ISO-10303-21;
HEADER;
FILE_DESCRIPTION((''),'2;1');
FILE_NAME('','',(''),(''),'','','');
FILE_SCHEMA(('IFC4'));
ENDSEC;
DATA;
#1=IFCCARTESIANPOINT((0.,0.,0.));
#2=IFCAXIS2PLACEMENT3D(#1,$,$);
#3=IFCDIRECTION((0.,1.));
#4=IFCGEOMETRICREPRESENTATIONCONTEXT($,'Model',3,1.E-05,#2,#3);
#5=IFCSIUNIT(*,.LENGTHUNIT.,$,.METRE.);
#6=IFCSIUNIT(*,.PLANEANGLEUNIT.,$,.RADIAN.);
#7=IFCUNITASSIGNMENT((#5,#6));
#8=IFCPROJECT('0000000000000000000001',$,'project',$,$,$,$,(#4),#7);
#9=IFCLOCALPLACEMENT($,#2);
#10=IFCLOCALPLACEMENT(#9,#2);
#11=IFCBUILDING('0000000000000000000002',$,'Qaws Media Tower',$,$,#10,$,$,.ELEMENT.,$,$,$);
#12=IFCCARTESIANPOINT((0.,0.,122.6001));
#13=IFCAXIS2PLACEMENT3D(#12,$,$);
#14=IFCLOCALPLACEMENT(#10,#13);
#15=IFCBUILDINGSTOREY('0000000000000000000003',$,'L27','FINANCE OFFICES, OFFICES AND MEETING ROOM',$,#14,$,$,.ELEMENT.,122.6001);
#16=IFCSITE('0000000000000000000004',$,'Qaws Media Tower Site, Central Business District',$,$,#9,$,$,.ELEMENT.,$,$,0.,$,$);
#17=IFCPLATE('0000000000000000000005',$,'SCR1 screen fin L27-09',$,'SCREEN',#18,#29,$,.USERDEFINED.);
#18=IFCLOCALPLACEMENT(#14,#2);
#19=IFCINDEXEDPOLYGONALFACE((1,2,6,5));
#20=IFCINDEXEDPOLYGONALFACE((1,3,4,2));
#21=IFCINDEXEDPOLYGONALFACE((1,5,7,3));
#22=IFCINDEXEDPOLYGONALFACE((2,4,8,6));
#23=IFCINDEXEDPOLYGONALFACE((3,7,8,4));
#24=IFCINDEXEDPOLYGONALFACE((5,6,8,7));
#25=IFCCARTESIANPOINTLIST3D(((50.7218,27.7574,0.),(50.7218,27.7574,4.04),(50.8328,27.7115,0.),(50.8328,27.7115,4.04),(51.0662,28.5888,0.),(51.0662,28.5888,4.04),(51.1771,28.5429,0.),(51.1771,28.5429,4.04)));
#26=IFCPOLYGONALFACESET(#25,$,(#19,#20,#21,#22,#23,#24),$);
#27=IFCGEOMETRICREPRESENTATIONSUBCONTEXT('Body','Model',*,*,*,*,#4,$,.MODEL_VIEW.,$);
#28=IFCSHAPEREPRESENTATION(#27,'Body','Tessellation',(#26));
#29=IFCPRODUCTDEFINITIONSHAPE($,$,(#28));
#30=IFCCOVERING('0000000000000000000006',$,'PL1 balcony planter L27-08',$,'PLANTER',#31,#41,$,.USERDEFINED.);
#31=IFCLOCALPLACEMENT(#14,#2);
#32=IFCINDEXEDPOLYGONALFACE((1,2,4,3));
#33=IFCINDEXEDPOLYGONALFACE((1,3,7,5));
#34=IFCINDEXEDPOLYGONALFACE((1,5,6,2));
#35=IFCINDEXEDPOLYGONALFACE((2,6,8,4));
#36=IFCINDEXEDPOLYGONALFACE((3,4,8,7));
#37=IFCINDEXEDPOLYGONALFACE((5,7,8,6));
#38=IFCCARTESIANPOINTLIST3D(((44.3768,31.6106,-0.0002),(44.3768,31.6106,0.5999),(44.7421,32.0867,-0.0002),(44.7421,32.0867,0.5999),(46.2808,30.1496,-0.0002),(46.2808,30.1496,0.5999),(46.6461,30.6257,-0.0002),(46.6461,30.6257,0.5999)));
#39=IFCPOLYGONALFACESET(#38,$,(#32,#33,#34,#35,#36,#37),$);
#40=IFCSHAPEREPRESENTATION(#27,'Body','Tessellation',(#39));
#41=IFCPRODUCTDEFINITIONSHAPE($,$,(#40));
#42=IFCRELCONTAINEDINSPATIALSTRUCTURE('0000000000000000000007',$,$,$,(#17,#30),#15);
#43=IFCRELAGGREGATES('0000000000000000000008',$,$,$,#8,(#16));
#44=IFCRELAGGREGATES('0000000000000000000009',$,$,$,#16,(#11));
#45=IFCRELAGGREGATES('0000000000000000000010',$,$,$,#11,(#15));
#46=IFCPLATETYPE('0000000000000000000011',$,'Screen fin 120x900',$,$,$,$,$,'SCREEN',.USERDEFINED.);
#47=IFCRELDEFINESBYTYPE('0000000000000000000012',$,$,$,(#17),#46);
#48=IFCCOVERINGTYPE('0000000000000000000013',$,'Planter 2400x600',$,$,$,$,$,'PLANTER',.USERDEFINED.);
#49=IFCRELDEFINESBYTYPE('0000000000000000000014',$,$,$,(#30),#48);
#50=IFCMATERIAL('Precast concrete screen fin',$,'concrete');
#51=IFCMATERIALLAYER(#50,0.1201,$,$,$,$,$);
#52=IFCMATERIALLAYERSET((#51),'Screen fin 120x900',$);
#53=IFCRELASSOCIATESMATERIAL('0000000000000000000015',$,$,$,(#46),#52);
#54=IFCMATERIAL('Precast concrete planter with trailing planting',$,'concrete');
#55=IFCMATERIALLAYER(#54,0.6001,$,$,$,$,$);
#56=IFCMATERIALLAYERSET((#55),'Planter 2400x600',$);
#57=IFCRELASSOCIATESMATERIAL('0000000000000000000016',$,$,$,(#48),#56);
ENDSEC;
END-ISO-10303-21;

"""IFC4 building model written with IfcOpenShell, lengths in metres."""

from ifc_helpers import new_model, si_unit, direction, frame, origin, origin_2d, place, context, subcontext, project, spatial, rectangle, extrude, material, layer, layer_set, type_object, element, save


model = new_model("IFC4")

# Units and contexts
model_context = context("Model", 3, precision=1e-05, world=origin(), true_north=direction((0.0, 1.0)))
body_context = subcontext(model_context, "Body", "Model", "MODEL_VIEW")
ifc_project = project(units=[si_unit("LENGTHUNIT", "METRE"), si_unit("PLANEANGLEUNIT", "RADIAN")], contexts=[model_context])

# Site, building, storey
site_placement = place(None, origin())
site = spatial("IfcSite", under=ifc_project, at=site_placement, Name="Qaws Media Tower Site, Central Business District", CompositionType="ELEMENT", RefElevation=0.0)
building_placement = place(site_placement, origin())
building = spatial("IfcBuilding", under=site, at=building_placement, Name="Qaws Media Tower", CompositionType="ELEMENT")
storey_placement = place(building_placement, frame((0.0, 0.0, 122.6001)))
storey = spatial("IfcBuildingStorey", under=building, at=storey_placement, Name="L27", Description="FINANCE OFFICES, OFFICES AND MEETING ROOM", CompositionType="ELEMENT", Elevation=122.6001)

# Plate
ifc_material_1 = material(Name="Precast concrete screen fin", Category="concrete")
ifc_layer_1 = layer(ifc_material_1, 0.1201)
ifc_layer_set_1 = layer_set([ifc_layer_1], Name="Screen fin 120x900")
plate_type_1 = type_object("IfcPlateType", Name="Screen fin 120x900", ElementType="SCREEN", PredefinedType="USERDEFINED", material=ifc_layer_set_1)
plate_1_placement = place(storey_placement, frame((50.9495, 28.1501, 0.0), z_axis=(0.0, 0.0, 1.0), x_axis=(-0.382683, -0.92388, 0.0)))
element("IfcPlate", 1, at=plate_1_placement, inside=storey, type_object=plate_type_1, Name="SCR1 screen fin L27-09", ObjectType="SCREEN", PredefinedType="USERDEFINED", context=body_context, shape_type="SweptSolid", body=[
    extrude(rectangle(XDim=0.8999, YDim=0.1201, at=origin_2d()), origin(), (0.0, 0.0, 1.0), 4.04),
])

# Covering
ifc_material_2 = material(Name="Precast concrete planter with trailing planting", Category="concrete")
ifc_layer_2 = layer(ifc_material_2, 0.6001)
ifc_layer_set_2 = layer_set([ifc_layer_2], Name="Planter 2400x600")
covering_type = type_object("IfcCoveringType", Name="Planter 2400x600", ElementType="PLANTER", PredefinedType="USERDEFINED", material=ifc_layer_set_2)
covering_placement = place(storey_placement, frame((45.5115, 31.1182, -0.0002), z_axis=(0.0, 0.0, 1.0), x_axis=(0.793353, -0.608761, 0.0)))
element("IfcCovering", 2, at=covering_placement, inside=storey, type_object=covering_type, Name="PL1 balcony planter L27-08", ObjectType="PLANTER", PredefinedType="USERDEFINED", context=body_context, shape_type="SweptSolid", body=[
    extrude(rectangle(XDim=2.3999, YDim=0.6001, at=origin_2d()), origin(), (0.0, 0.0, 1.0), 0.6001),
])

save(model, "model.ifc")
